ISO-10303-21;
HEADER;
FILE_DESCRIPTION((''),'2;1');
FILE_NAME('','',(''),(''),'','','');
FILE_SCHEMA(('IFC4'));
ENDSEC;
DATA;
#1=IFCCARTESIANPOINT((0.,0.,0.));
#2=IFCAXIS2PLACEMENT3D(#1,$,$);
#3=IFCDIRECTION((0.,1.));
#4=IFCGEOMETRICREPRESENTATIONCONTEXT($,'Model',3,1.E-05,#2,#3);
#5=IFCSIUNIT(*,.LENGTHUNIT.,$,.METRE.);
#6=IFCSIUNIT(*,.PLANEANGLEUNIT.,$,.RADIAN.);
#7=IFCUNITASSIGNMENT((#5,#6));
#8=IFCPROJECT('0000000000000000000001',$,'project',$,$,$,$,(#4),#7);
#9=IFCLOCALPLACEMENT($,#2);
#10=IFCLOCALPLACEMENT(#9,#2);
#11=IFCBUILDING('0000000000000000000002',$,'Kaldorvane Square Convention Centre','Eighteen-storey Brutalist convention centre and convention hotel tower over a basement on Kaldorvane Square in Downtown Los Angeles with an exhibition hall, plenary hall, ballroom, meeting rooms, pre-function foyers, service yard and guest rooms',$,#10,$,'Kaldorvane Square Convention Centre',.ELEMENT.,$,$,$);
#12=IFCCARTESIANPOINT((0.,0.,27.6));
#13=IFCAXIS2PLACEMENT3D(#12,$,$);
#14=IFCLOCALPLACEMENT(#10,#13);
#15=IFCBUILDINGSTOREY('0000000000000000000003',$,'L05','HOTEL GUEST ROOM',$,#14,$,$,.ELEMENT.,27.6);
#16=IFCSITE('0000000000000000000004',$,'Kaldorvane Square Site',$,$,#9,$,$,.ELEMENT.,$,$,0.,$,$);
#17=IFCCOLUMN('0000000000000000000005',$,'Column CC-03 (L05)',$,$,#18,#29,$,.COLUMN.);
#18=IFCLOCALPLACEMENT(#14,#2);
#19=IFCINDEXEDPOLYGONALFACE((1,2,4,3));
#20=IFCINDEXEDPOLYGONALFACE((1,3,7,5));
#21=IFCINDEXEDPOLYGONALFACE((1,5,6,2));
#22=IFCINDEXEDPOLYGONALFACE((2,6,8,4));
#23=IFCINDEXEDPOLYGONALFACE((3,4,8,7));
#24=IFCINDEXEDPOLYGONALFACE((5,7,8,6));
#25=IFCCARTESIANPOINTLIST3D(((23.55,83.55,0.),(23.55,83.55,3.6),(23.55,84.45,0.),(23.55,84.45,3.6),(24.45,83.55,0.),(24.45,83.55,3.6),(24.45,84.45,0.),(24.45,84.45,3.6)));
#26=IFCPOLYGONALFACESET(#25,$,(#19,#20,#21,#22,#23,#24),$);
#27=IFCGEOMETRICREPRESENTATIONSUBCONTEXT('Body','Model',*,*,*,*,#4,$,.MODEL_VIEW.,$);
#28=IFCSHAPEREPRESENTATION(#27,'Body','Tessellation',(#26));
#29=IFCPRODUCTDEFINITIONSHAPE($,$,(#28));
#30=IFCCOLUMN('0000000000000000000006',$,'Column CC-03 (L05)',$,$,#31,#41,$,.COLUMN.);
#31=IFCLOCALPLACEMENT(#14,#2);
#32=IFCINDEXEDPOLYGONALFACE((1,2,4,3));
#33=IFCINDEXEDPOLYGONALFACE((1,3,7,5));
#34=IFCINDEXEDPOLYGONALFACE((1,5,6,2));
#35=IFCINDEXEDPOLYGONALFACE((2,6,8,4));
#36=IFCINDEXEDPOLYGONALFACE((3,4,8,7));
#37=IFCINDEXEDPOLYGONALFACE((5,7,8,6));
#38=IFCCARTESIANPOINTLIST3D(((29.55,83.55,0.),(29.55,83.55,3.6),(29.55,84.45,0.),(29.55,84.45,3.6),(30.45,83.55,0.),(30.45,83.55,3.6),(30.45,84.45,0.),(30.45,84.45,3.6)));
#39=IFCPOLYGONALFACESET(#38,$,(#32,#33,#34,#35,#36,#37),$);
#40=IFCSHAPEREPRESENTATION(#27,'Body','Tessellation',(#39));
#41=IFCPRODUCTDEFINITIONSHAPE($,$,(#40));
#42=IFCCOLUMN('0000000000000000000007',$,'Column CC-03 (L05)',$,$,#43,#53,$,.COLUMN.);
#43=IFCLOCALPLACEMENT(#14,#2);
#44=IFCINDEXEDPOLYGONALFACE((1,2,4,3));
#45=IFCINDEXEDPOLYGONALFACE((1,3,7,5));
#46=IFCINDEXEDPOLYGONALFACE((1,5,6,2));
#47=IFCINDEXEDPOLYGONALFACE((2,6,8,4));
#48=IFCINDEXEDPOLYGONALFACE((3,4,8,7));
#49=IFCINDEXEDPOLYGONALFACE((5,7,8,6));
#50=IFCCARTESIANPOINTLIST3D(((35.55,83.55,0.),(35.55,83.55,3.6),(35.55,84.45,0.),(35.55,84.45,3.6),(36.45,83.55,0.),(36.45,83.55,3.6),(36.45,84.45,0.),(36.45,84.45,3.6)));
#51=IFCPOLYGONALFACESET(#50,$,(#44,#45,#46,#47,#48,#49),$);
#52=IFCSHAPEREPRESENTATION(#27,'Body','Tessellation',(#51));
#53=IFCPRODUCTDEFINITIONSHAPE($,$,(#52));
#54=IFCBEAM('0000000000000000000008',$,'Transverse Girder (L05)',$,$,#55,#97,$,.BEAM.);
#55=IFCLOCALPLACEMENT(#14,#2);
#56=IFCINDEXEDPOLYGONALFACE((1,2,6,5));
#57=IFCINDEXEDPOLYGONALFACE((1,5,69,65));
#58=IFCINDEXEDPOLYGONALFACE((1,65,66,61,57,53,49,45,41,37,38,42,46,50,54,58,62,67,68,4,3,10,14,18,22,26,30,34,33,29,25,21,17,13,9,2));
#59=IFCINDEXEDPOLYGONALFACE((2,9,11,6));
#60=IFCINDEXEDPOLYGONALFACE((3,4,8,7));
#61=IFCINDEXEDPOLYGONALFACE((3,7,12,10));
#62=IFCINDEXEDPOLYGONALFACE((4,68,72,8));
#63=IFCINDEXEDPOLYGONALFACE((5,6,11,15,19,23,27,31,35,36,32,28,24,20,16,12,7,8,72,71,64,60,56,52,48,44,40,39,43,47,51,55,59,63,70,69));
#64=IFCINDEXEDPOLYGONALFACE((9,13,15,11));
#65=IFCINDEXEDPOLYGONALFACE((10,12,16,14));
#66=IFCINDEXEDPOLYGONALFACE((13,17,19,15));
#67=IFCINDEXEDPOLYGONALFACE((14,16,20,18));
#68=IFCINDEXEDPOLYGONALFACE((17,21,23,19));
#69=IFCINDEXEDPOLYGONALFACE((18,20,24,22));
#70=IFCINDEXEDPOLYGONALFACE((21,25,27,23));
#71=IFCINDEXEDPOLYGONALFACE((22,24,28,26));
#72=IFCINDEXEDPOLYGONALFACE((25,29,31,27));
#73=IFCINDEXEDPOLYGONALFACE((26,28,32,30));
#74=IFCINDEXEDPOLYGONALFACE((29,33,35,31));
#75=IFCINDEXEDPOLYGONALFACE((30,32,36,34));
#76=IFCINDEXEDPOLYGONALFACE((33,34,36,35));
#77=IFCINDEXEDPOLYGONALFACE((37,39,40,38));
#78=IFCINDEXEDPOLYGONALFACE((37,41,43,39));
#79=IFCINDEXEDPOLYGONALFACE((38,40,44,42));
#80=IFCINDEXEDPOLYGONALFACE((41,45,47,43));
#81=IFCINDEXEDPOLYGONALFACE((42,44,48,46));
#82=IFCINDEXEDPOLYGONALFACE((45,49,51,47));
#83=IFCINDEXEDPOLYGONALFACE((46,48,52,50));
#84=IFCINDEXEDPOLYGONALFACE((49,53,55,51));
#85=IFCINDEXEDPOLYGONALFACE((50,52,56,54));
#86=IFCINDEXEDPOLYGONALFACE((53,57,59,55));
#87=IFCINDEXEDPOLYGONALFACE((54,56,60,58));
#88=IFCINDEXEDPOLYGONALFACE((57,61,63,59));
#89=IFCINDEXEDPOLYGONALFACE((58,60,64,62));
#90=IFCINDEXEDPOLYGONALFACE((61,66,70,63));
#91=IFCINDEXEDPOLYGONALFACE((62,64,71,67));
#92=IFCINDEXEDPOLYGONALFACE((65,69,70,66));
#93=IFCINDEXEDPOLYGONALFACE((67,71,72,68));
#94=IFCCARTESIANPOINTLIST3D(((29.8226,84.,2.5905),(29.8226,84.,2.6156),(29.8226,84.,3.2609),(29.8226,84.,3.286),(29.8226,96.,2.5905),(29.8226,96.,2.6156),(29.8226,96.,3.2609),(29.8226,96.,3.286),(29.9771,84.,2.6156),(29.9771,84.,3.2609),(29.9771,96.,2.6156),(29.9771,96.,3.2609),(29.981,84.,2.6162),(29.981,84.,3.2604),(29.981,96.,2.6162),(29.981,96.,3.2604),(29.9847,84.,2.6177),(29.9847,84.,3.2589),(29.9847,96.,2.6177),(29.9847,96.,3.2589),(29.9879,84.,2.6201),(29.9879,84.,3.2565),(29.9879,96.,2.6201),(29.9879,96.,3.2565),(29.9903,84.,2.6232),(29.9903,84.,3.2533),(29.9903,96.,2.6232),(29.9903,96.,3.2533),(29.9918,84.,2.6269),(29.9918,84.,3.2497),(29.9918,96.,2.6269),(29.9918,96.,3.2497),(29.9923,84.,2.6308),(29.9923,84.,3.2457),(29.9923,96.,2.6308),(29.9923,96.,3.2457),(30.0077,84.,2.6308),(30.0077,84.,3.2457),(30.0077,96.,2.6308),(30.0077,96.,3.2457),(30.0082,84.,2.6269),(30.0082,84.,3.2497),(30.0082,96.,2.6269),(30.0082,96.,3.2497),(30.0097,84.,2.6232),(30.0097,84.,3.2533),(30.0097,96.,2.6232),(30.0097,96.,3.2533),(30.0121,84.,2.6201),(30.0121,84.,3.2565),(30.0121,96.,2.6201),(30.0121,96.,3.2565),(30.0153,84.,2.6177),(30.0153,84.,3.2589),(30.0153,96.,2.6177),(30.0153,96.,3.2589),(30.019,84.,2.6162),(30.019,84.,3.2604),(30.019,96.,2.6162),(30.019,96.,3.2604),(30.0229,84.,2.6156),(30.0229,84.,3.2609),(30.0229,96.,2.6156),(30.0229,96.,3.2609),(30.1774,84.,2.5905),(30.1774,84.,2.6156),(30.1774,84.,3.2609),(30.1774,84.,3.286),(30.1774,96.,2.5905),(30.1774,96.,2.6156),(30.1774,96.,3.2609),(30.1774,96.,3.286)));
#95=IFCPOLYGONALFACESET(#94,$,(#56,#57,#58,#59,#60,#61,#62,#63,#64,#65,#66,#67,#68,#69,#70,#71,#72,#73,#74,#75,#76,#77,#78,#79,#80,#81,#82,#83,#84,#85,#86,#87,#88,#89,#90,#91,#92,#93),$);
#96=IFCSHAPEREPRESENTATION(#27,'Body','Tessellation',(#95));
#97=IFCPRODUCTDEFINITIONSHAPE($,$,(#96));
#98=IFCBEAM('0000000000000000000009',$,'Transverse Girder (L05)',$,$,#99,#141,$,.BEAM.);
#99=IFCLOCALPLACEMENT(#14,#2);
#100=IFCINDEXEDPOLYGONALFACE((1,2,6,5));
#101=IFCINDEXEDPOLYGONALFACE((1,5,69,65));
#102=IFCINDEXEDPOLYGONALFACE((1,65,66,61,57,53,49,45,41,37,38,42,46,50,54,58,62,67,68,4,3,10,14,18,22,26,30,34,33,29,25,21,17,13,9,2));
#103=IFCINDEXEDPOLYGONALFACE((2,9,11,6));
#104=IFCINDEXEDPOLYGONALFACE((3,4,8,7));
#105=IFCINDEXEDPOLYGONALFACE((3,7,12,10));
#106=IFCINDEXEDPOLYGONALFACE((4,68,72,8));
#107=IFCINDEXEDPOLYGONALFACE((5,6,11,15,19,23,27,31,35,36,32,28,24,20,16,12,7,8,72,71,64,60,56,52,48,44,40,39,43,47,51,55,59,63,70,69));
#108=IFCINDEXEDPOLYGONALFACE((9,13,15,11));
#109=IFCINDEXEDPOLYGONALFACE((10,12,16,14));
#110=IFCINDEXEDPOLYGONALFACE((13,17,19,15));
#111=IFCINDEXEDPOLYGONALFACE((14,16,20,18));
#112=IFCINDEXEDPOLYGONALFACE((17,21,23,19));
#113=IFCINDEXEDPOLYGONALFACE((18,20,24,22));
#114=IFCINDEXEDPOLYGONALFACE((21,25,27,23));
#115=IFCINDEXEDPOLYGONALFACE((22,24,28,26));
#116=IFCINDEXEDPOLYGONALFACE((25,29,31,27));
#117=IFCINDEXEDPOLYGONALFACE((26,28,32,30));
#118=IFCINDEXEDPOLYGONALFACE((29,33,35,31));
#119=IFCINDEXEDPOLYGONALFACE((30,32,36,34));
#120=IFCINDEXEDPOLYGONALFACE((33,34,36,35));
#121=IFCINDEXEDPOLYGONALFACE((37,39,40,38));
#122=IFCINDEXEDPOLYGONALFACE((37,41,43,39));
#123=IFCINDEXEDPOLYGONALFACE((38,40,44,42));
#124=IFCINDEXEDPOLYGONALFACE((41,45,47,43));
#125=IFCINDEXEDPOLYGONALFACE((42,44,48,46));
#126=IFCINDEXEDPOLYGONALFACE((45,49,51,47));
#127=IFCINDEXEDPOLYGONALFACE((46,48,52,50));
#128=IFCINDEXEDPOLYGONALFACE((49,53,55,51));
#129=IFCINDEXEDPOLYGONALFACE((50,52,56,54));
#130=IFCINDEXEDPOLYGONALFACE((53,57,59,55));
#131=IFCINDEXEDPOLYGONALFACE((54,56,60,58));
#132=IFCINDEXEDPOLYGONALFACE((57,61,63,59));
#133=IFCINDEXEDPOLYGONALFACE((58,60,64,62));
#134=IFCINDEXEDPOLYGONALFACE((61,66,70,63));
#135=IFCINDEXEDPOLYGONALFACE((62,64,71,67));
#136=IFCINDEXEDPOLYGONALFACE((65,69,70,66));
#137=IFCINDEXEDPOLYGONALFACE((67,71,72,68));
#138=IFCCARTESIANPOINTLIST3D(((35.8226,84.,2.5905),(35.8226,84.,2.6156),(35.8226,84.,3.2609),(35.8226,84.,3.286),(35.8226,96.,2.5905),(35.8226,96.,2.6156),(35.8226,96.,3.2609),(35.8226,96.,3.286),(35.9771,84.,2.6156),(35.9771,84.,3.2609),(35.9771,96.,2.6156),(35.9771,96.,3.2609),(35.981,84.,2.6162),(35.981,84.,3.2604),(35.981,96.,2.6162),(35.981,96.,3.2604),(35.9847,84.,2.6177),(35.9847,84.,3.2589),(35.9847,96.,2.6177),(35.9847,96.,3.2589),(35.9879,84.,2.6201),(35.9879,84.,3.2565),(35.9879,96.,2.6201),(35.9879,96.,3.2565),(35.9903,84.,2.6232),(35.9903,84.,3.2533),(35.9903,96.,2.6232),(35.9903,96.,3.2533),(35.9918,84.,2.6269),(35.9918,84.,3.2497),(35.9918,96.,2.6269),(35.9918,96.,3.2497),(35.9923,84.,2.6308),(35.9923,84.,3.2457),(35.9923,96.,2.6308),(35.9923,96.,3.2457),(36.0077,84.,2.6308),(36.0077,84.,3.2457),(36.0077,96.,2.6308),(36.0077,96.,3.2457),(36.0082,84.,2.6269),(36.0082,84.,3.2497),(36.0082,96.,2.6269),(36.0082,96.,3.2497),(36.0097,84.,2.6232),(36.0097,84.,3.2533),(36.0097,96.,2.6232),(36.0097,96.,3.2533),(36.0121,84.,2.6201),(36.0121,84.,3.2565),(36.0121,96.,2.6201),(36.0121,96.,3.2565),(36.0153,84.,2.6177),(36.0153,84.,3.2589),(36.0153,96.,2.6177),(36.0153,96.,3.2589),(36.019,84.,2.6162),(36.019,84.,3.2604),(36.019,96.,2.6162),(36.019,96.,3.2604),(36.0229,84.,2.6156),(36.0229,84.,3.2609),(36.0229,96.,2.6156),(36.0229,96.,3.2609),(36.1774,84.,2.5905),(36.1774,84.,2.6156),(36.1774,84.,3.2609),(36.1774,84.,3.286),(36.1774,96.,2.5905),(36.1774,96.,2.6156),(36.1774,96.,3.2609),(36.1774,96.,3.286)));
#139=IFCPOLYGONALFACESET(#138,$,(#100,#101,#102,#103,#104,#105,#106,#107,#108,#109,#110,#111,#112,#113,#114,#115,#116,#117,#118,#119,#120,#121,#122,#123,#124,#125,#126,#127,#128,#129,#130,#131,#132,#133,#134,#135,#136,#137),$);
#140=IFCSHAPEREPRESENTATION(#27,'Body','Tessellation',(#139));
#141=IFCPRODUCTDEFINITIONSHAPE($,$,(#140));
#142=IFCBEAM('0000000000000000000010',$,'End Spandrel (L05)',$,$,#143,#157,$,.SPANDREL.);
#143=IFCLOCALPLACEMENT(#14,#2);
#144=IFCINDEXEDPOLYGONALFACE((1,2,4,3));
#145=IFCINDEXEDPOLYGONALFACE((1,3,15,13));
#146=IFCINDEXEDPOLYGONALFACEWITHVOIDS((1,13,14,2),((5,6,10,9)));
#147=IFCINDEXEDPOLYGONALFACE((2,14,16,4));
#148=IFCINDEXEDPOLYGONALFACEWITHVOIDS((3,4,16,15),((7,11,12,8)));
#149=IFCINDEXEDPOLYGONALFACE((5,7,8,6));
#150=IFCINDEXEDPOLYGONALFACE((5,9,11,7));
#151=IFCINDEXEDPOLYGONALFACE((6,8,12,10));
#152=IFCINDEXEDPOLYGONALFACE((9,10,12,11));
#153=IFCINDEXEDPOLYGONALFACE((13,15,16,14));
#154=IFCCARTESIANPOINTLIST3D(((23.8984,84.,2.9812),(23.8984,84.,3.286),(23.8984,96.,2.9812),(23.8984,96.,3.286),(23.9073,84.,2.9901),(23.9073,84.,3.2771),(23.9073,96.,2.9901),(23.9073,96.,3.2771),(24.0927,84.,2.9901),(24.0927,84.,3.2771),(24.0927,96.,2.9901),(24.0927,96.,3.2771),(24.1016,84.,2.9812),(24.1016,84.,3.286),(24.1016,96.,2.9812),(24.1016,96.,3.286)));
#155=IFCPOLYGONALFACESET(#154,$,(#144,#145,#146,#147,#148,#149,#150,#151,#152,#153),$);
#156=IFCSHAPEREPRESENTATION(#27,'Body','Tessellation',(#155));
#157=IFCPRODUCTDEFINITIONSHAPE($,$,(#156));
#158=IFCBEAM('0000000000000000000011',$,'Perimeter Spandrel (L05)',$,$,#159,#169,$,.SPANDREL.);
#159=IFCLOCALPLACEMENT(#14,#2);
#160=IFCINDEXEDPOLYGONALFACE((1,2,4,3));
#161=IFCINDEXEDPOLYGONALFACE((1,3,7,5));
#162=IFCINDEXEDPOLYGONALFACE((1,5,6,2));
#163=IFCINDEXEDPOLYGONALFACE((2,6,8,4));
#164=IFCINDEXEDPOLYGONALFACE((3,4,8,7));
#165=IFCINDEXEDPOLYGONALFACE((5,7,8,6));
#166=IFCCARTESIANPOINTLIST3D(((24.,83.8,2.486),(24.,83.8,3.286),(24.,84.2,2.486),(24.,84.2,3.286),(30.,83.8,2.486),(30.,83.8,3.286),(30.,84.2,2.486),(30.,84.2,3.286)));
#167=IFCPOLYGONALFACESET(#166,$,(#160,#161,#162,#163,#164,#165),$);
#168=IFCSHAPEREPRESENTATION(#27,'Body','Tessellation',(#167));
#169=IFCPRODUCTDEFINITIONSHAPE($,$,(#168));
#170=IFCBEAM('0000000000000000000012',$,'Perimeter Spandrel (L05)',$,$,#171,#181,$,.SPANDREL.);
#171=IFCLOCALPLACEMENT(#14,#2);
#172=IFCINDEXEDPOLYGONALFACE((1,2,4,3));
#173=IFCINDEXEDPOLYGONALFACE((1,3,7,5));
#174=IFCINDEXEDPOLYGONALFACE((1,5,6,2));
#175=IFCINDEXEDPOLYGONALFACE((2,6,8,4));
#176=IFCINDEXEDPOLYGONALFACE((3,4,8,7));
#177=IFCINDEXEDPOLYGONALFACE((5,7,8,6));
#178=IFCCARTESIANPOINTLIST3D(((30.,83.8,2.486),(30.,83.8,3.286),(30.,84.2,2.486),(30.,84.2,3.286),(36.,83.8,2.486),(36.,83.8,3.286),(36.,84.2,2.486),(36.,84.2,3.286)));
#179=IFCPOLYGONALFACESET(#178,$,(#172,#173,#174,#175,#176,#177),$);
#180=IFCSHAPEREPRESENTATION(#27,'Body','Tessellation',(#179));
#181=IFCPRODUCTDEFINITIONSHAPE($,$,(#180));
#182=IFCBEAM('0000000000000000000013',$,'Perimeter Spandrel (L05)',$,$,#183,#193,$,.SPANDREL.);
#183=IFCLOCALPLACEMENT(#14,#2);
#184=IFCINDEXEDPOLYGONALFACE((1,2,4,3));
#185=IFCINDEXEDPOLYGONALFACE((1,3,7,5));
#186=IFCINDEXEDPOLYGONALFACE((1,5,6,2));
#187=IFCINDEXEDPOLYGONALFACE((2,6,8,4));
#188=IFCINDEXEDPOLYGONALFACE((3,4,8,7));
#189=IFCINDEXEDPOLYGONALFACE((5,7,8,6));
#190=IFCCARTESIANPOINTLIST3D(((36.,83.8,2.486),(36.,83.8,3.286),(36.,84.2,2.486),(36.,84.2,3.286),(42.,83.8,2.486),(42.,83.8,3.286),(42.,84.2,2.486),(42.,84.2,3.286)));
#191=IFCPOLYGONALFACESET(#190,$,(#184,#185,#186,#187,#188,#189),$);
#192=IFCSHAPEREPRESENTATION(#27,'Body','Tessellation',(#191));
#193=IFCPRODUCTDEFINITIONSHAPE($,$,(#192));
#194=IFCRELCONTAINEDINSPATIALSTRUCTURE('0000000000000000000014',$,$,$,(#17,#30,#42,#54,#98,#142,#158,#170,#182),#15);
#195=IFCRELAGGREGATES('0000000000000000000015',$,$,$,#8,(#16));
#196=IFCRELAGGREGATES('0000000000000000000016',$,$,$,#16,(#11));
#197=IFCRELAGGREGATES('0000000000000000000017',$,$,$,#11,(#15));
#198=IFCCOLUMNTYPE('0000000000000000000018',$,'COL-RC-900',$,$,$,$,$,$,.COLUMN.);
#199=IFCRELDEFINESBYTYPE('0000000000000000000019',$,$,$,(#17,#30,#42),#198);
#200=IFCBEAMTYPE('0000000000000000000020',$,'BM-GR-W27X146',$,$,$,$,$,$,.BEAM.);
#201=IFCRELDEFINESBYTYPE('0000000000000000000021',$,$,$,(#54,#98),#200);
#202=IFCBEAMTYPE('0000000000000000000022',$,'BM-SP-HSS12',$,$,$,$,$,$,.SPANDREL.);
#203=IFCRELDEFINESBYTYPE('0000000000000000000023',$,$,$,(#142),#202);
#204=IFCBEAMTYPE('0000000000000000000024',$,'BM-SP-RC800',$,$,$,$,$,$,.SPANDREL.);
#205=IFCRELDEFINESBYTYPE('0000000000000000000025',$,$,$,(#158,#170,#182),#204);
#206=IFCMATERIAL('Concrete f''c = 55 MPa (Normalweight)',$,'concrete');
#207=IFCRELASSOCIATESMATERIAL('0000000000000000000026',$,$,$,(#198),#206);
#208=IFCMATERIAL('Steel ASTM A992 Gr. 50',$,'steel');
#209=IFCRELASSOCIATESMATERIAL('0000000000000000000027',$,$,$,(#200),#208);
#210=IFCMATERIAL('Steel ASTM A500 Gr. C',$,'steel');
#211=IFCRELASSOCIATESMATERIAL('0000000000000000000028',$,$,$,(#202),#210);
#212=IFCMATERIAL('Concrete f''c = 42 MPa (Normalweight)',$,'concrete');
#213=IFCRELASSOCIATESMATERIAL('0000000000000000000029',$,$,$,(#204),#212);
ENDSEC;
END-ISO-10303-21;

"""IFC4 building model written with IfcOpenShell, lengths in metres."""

from ifc_helpers import new_model, si_unit, direction, frame, origin, origin_2d, place, context, subcontext, project, spatial, rectangle, hollow_rectangle, i_section, extrude, material, material_profile, profile_set, type_object, element, save


model = new_model("IFC4")

# Units and contexts
model_context = context("Model", 3, precision=1e-05, world=origin(), true_north=direction((0.0, 1.0)))
body_context = subcontext(model_context, "Body", "Model", "MODEL_VIEW")
ifc_project = project(units=[si_unit("LENGTHUNIT", "METRE"), si_unit("PLANEANGLEUNIT", "RADIAN")], contexts=[model_context])

# Site, building, storey
site_placement = place(None, origin())
site = spatial("IfcSite", under=ifc_project, at=site_placement, Name="Kaldorvane Square Site", CompositionType="ELEMENT", RefElevation=0.0)
building_placement = place(site_placement, origin())
building = spatial("IfcBuilding", under=site, at=building_placement, Name="Kaldorvane Square Convention Centre", Description="Eighteen-storey Brutalist convention centre and convention hotel tower over a basement on Kaldorvane Square in Downtown Los Angeles with an exhibition hall, plenary hall, ballroom, meeting rooms, pre-function foyers, service yard and guest rooms", LongName="Kaldorvane Square Convention Centre", CompositionType="ELEMENT")
storey_placement = place(building_placement, frame((0.0, 0.0, 27.6)))
storey = spatial("IfcBuildingStorey", under=building, at=storey_placement, Name="L05", Description="HOTEL GUEST ROOM", CompositionType="ELEMENT", Elevation=27.6)

# Columns
ifc_material_1 = material(Name="Concrete f'c = 55 MPa (Normalweight)", Category="concrete")
ifc_material_profile_1 = material_profile(ifc_material_1, rectangle(XDim=0.9, YDim=0.9, at=origin_2d()), Name="RC900X900")
ifc_profile_set_1 = profile_set([ifc_material_profile_1], Name="Concrete f'c = 55 MPa (Normalweight)")
column_type = type_object("IfcColumnType", Name="COL-RC-900", PredefinedType="COLUMN", material=ifc_profile_set_1)
for number, where, z_axis, x_axis, name in (
    (1, (24.0, 84.0, 0.0), (0.0, 0.0, 1.0), (1.0, 0.0, 0.0), "Column CC-03 (L05)"),
    (2, (30.0, 84.0, 0.0), (0.0, 0.0, 1.0), (1.0, 0.0, 0.0), "Column CC-03 (L05)"),
    (3, (36.0, 84.0, 0.0), (0.0, 0.0, 1.0), (1.0, 0.0, 0.0), "Column CC-03 (L05)"),
):
    element("IfcColumn", number, at=place(storey_placement, frame(where, z_axis=z_axis, x_axis=x_axis)), inside=storey, type_object=column_type, Name=name, PredefinedType="COLUMN", context=body_context, shape_type="SweptSolid", body=[
        extrude(rectangle(XDim=0.9, YDim=0.9, at=origin_2d()), origin(), (0.0, 0.0, 1.0), 3.6),
    ])

# Beams
ifc_material_2 = material(Name="Steel ASTM A992 Gr. 50", Category="steel")
ifc_material_profile_2 = material_profile(ifc_material_2, i_section(OverallWidth=0.3547, OverallDepth=0.6955, WebThickness=0.0154, FlangeThickness=0.0251, FilletRadius=0.0152, at=origin_2d()), Name="W27X146")
ifc_profile_set_2 = profile_set([ifc_material_profile_2], Name="Steel ASTM A992 Gr. 50")
beam_type_1 = type_object("IfcBeamType", Name="BM-GR-W27X146", PredefinedType="BEAM", material=ifc_profile_set_2)
for number, where, z_axis, x_axis, name in (
    (4, (30.0, 84.0, 2.9383), (0.0, 1.0, 0.0), (-1.0, 0.0, 0.0), "Transverse Girder (L05)"),
    (5, (36.0, 84.0, 2.9383), (0.0, 1.0, 0.0), (-1.0, 0.0, 0.0), "Transverse Girder (L05)"),
):
    element("IfcBeam", number, at=place(storey_placement, frame(where, z_axis=z_axis, x_axis=x_axis)), inside=storey, type_object=beam_type_1, Name=name, PredefinedType="BEAM", context=body_context, shape_type="SweptSolid", body=[
        extrude(i_section(OverallWidth=0.3547, OverallDepth=0.6955, WebThickness=0.0154, FlangeThickness=0.0251, FilletRadius=0.0152, at=origin_2d()), origin(), (0.0, 0.0, 1.0), 12.0),
    ])
ifc_material_3 = material(Name="Steel ASTM A500 Gr. C", Category="steel")
ifc_material_profile_3 = material_profile(ifc_material_3, hollow_rectangle(XDim=0.2032, YDim=0.3048, WallThickness=0.0089, at=origin_2d()), Name="HSS12X8X3/8")
ifc_profile_set_3 = profile_set([ifc_material_profile_3], Name="Steel ASTM A500 Gr. C")
beam_type_2 = type_object("IfcBeamType", Name="BM-SP-HSS12", PredefinedType="SPANDREL", material=ifc_profile_set_3)
beam_placement = place(storey_placement, frame((24.0, 84.0, 3.1336), z_axis=(0.0, 1.0, 0.0), x_axis=(-1.0, 0.0, 0.0)))
element("IfcBeam", 6, at=beam_placement, inside=storey, type_object=beam_type_2, Name="End Spandrel (L05)", PredefinedType="SPANDREL", context=body_context, shape_type="SweptSolid", body=[
    extrude(hollow_rectangle(XDim=0.2032, YDim=0.3048, WallThickness=0.0089, at=origin_2d()), origin(), (0.0, 0.0, 1.0), 12.0),
])
ifc_material_4 = material(Name="Concrete f'c = 42 MPa (Normalweight)", Category="concrete")
ifc_material_profile_4 = material_profile(ifc_material_4, rectangle(XDim=0.4, YDim=0.8, at=origin_2d()), Name="RCSP800X400")
ifc_profile_set_4 = profile_set([ifc_material_profile_4], Name="Concrete f'c = 42 MPa (Normalweight)")
beam_type_3 = type_object("IfcBeamType", Name="BM-SP-RC800", PredefinedType="SPANDREL", material=ifc_profile_set_4)
for number, where, z_axis, x_axis, name in (
    (7, (24.0, 84.0, 2.886), (1.0, 0.0, 0.0), (0.0, 1.0, 0.0), "Perimeter Spandrel (L05)"),
    (8, (30.0, 84.0, 2.886), (1.0, 0.0, 0.0), (0.0, 1.0, 0.0), "Perimeter Spandrel (L05)"),
    (9, (36.0, 84.0, 2.886), (1.0, 0.0, 0.0), (0.0, 1.0, 0.0), "Perimeter Spandrel (L05)"),
):
    element("IfcBeam", number, at=place(storey_placement, frame(where, z_axis=z_axis, x_axis=x_axis)), inside=storey, type_object=beam_type_3, Name=name, PredefinedType="SPANDREL", context=body_context, shape_type="SweptSolid", body=[
        extrude(rectangle(XDim=0.4, YDim=0.8, at=origin_2d()), origin(), (0.0, 0.0, 1.0), 6.0),
    ])

save(model, "model.ifc")
